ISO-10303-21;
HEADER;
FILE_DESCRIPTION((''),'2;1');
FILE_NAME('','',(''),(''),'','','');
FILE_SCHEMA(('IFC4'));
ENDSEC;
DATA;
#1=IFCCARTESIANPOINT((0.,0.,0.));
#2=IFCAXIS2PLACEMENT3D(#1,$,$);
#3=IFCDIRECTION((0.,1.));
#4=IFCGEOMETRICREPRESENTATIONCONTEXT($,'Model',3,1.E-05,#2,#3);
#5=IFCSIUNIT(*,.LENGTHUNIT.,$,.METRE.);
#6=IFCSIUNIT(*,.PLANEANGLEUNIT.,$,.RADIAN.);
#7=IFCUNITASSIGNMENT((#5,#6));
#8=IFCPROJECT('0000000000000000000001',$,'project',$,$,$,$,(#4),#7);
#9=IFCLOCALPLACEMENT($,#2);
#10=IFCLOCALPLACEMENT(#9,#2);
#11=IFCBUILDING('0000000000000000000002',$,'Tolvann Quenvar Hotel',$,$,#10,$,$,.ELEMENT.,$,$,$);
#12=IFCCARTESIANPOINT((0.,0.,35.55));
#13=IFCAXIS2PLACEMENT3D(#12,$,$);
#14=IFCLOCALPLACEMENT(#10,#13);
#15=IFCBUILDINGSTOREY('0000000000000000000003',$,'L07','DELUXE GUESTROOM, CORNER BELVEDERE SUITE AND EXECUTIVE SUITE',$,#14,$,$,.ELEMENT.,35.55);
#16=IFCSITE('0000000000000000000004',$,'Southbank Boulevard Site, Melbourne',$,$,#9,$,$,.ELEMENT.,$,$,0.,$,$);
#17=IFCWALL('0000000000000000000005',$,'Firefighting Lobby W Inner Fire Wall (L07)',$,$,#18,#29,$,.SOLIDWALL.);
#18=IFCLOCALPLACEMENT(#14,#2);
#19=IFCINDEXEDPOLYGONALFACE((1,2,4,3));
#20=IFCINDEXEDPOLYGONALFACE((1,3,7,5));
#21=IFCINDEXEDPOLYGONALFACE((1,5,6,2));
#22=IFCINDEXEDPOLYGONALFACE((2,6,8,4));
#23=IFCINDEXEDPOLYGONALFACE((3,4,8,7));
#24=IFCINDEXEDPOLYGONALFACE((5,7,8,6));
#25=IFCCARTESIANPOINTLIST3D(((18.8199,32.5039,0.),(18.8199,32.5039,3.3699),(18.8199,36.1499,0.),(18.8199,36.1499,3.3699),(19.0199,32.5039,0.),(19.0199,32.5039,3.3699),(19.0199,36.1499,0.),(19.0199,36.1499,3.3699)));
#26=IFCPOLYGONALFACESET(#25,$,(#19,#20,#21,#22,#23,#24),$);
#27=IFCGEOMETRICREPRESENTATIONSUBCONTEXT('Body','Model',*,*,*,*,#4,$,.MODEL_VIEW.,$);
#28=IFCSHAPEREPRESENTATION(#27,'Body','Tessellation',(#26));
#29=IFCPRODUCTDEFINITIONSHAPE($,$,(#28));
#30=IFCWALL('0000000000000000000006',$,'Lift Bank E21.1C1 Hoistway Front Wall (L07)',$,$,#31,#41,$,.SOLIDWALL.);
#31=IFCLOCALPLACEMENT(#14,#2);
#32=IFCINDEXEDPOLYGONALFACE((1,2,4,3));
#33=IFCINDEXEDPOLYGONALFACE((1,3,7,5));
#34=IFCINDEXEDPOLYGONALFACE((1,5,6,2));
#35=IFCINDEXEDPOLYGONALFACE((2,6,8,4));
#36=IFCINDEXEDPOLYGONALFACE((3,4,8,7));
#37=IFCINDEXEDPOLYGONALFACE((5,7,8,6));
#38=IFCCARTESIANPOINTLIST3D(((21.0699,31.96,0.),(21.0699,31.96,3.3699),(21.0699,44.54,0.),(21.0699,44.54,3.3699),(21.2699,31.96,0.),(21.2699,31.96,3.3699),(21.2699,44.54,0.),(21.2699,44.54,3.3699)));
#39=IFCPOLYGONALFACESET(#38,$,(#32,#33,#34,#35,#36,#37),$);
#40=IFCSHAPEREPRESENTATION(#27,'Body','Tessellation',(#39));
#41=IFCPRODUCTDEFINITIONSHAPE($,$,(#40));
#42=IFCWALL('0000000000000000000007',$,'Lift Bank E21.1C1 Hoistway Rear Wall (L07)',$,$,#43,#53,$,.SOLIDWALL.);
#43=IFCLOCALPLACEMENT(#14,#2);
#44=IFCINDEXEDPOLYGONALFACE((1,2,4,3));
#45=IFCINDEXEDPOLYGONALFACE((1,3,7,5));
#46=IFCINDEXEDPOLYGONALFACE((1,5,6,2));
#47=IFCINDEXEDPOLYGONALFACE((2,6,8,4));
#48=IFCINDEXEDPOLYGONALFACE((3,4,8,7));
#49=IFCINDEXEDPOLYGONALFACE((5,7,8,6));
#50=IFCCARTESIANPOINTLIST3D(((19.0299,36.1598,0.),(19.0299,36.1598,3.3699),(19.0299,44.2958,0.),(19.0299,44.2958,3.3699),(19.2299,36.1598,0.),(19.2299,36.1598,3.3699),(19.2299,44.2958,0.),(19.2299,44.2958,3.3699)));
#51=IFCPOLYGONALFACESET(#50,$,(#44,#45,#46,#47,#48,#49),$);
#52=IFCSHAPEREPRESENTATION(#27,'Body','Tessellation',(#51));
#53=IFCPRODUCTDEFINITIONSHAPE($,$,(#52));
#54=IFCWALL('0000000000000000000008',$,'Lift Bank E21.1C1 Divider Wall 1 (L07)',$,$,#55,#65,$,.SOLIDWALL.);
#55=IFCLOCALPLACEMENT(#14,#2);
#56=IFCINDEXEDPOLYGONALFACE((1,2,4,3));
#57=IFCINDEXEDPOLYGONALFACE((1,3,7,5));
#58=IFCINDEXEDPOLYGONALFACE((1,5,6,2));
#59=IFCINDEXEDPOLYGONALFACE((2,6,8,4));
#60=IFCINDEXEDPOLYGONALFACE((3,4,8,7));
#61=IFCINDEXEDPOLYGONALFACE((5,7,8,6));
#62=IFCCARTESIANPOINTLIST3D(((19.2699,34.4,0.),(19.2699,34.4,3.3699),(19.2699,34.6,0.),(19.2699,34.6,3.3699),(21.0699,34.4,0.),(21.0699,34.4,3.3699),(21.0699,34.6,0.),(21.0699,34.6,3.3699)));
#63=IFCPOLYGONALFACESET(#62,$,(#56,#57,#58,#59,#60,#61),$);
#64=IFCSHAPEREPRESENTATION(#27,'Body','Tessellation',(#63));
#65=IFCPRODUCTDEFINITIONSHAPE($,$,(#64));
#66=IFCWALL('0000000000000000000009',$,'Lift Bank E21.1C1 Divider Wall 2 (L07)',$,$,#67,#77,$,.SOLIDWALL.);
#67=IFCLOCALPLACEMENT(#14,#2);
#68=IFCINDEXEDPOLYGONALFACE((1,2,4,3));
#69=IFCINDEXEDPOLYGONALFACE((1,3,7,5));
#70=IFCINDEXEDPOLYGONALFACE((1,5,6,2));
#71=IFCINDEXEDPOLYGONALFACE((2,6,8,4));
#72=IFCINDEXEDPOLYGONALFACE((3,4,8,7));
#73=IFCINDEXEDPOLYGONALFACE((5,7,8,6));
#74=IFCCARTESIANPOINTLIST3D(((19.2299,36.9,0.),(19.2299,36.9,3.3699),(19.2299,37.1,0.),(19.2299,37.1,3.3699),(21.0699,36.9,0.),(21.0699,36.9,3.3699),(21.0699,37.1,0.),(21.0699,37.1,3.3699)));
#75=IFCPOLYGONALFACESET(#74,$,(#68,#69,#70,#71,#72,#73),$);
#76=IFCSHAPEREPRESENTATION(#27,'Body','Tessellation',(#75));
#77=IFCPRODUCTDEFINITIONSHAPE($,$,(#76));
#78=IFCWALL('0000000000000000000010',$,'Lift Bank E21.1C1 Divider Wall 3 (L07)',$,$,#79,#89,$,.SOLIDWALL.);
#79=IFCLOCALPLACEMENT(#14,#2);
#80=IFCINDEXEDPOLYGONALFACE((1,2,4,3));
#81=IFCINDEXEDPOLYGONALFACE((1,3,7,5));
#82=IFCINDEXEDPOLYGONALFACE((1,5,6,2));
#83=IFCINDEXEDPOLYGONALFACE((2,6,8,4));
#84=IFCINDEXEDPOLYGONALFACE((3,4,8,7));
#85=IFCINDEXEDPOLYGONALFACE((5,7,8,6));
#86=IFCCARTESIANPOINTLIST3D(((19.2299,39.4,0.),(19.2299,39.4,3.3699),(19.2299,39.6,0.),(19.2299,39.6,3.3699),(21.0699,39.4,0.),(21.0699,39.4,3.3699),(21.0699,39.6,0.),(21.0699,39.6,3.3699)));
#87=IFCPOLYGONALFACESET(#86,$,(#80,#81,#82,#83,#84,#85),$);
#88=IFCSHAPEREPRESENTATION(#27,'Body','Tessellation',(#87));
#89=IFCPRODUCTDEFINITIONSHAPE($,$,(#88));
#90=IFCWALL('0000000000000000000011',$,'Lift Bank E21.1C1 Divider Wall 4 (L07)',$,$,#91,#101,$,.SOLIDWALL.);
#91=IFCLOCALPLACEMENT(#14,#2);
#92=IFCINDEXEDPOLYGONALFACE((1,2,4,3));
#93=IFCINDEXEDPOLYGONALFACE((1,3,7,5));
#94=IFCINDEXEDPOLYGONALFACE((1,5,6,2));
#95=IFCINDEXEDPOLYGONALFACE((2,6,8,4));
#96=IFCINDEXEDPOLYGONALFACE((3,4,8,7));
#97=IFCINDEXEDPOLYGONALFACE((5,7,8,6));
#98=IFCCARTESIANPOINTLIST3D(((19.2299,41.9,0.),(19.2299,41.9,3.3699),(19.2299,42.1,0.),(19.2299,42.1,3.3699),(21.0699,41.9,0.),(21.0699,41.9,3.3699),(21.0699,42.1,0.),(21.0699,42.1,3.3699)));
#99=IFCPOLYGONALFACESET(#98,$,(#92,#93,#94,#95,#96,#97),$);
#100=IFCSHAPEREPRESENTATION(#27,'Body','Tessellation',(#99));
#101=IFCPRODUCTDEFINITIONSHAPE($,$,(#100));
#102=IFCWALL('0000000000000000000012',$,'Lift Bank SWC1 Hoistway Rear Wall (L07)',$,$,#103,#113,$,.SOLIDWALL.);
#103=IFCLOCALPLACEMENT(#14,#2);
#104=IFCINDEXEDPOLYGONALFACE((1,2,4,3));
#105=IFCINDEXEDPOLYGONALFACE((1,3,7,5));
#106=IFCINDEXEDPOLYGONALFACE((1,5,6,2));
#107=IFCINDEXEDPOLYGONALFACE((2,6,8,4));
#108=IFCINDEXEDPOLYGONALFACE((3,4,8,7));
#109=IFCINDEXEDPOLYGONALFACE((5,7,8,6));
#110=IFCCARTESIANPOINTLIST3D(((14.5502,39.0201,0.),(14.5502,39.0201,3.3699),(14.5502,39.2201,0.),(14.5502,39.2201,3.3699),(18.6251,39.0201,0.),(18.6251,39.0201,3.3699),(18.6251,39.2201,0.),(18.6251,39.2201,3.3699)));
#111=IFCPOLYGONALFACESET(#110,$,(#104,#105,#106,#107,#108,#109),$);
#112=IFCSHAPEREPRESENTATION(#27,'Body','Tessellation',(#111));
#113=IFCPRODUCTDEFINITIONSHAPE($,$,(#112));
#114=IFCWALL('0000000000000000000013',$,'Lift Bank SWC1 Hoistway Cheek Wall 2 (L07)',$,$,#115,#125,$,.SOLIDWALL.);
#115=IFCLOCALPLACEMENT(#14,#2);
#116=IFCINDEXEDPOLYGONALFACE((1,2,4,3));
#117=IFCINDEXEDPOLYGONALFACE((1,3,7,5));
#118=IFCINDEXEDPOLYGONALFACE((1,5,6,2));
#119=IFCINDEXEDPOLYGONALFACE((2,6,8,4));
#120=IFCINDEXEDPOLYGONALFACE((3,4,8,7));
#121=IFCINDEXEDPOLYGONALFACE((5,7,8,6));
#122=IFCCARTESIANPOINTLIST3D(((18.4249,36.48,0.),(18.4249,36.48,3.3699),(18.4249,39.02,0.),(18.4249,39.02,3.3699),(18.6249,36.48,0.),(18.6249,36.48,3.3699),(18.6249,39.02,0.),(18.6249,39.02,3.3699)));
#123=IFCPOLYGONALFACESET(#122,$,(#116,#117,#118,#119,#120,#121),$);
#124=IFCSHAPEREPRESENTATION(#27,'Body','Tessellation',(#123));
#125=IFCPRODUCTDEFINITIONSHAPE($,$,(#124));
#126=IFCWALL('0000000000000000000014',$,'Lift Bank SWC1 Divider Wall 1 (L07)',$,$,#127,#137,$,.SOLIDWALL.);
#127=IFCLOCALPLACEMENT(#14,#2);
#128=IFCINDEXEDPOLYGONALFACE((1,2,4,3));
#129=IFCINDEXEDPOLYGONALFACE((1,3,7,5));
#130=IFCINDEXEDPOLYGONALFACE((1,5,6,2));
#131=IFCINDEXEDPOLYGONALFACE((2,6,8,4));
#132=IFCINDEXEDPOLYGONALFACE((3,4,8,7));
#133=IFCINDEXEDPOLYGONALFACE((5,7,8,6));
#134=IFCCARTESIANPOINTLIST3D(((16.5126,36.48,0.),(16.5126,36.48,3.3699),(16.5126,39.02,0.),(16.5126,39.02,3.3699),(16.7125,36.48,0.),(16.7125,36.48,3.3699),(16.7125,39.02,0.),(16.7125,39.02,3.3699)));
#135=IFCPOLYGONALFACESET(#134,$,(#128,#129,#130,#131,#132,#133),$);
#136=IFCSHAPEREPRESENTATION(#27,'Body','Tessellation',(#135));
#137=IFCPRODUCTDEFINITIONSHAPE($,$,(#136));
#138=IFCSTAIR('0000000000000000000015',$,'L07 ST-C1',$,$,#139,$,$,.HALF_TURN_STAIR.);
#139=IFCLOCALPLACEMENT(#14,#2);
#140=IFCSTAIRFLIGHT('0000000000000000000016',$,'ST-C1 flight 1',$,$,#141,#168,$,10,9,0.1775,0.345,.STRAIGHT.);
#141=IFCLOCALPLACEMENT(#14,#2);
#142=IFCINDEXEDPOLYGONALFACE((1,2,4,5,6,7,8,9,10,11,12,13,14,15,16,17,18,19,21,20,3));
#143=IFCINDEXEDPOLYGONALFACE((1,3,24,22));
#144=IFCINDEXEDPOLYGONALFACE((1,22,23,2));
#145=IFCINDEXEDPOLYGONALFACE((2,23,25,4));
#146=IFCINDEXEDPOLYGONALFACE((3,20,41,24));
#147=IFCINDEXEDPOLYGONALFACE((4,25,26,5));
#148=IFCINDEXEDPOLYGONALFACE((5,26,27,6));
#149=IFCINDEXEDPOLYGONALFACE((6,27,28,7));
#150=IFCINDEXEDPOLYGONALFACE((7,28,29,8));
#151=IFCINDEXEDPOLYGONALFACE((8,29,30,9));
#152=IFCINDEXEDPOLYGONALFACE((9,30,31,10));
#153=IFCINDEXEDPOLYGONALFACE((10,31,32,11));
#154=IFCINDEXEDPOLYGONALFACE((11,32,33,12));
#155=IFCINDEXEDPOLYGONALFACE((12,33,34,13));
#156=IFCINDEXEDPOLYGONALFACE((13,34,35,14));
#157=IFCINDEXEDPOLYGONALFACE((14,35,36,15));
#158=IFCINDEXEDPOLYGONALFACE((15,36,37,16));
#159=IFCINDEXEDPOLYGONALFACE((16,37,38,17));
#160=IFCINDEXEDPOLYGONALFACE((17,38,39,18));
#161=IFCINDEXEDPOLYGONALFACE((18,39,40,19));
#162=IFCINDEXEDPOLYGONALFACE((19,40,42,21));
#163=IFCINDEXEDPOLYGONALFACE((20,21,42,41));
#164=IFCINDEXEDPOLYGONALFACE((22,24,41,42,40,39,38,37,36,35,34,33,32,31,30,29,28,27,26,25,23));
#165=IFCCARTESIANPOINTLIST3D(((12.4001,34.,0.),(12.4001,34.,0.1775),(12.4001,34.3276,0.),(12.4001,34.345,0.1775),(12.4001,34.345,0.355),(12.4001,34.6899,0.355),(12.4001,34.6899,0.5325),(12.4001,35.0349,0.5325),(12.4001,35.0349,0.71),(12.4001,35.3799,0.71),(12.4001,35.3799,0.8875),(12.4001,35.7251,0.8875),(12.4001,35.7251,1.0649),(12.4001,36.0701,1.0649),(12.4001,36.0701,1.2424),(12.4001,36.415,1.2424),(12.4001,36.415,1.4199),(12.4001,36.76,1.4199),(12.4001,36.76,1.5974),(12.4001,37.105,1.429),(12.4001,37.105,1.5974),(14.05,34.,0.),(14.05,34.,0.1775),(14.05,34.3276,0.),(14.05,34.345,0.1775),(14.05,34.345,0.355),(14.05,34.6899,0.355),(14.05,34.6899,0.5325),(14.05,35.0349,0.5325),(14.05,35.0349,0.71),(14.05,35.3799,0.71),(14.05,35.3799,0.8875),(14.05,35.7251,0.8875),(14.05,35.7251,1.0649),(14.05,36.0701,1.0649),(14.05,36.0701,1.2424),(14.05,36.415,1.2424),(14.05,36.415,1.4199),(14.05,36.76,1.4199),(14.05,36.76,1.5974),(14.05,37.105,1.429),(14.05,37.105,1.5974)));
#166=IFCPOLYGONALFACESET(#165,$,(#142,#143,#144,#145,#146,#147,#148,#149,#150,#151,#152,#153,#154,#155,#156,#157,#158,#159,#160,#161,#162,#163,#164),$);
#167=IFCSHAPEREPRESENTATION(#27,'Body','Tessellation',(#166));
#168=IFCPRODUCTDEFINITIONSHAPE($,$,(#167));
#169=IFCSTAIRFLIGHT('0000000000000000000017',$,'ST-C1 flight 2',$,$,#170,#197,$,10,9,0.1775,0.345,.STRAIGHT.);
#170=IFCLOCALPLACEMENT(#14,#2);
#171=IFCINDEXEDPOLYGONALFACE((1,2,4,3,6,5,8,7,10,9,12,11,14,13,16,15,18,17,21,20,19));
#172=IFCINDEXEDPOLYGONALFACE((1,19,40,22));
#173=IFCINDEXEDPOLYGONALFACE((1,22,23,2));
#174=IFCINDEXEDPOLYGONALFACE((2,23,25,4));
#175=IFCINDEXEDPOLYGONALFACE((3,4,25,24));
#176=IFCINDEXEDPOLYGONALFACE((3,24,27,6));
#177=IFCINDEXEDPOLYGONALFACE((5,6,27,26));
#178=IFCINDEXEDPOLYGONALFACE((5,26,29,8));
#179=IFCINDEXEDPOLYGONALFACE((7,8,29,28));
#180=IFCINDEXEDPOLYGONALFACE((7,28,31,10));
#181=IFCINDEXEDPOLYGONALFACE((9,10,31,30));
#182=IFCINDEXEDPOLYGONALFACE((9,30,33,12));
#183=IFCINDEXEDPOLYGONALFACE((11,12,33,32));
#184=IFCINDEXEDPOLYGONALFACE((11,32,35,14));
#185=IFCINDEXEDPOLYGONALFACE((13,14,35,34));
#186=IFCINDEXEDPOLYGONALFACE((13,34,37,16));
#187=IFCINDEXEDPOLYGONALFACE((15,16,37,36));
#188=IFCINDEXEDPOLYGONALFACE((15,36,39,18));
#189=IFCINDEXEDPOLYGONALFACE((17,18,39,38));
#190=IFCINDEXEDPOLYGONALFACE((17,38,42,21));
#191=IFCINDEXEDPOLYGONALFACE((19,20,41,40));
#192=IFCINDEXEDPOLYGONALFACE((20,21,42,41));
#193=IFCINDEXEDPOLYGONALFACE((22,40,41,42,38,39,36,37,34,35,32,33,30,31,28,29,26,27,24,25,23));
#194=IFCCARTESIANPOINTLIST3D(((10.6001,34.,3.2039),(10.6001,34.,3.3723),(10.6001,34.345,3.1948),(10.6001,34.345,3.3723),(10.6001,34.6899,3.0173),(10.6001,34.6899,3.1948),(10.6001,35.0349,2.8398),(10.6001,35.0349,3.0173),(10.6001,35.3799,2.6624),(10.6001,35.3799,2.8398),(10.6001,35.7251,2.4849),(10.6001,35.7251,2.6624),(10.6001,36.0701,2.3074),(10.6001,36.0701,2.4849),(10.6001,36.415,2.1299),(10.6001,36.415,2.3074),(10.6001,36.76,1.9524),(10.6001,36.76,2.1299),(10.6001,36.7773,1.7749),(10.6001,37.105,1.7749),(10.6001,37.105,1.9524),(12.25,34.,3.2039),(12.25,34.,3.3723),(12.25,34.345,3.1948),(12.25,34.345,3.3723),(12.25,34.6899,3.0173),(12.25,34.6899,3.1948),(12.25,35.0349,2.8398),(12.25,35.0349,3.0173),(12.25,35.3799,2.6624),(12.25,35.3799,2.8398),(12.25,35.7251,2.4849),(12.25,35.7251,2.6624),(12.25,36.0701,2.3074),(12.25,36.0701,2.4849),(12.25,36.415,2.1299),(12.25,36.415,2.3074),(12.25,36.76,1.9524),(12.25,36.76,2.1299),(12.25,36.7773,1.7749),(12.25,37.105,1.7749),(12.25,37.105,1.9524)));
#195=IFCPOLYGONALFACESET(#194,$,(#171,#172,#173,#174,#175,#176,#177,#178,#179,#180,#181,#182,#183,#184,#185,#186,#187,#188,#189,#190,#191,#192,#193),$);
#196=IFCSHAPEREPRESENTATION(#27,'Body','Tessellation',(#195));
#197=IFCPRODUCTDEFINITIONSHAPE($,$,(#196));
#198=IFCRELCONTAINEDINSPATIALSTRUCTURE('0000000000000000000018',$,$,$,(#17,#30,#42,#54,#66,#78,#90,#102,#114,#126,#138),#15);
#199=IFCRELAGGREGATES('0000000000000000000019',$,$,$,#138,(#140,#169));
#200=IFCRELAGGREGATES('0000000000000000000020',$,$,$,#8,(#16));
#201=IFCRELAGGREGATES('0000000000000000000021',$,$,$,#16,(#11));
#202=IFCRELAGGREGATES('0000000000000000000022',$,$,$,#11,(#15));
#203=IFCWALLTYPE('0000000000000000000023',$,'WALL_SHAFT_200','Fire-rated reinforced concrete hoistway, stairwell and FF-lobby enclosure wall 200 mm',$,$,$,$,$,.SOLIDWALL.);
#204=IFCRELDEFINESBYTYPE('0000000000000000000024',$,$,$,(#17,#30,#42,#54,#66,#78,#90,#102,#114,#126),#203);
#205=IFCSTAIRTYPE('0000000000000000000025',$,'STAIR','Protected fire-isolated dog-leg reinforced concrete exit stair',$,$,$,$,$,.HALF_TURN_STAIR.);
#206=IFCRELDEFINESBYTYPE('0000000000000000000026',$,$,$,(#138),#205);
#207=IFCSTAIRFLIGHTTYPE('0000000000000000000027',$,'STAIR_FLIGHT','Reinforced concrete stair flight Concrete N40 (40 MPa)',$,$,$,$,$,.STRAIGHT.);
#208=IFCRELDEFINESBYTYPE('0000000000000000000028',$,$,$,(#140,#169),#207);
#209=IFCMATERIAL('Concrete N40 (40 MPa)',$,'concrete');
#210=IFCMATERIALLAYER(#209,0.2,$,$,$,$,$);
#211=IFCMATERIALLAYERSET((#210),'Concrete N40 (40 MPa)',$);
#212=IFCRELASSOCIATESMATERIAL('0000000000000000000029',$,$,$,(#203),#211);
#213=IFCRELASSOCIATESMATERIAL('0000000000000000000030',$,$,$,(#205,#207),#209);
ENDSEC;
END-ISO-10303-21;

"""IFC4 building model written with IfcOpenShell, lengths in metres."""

from ifc_helpers import new_model, si_unit, direction, frame, frame_2d, origin, place, context, subcontext, project, spatial, polyline, rectangle, outline, extrude, material, layer, layer_set, type_object, element, aggregate, save


model = new_model("IFC4")

# Units and contexts
model_context = context("Model", 3, precision=1e-05, world=origin(), true_north=direction((0.0, 1.0)))
body_context = subcontext(model_context, "Body", "Model", "MODEL_VIEW")
ifc_project = project(units=[si_unit("LENGTHUNIT", "METRE"), si_unit("PLANEANGLEUNIT", "RADIAN")], contexts=[model_context])

# Site, building, storey
site_placement = place(None, origin())
site = spatial("IfcSite", under=ifc_project, at=site_placement, Name="Southbank Boulevard Site, Melbourne", CompositionType="ELEMENT", RefElevation=0.0)
building_placement = place(site_placement, origin())
building = spatial("IfcBuilding", under=site, at=building_placement, Name="Tolvann Quenvar Hotel", CompositionType="ELEMENT")
storey_placement = place(building_placement, frame((0.0, 0.0, 35.55)))
storey = spatial("IfcBuildingStorey", under=building, at=storey_placement, Name="L07", Description="DELUXE GUESTROOM, CORNER BELVEDERE SUITE AND EXECUTIVE SUITE", CompositionType="ELEMENT", Elevation=35.55)

# Walls
ifc_material_1 = material(Name="Concrete N40 (40 MPa)", Category="concrete")
ifc_layer_1 = layer(ifc_material_1, 0.2)
ifc_layer_set_1 = layer_set([ifc_layer_1], Name="Concrete N40 (40 MPa)")
wall_type_1 = type_object("IfcWallType", Name="WALL_SHAFT_200", Description="Fire-rated reinforced concrete hoistway, stairwell and FF-lobby enclosure wall 200 mm", PredefinedType="SOLIDWALL", material=ifc_layer_set_1)
wall_1_placement = place(storey_placement, frame((18.9199, 32.5039, 0.0), z_axis=(0.0, 0.0, 1.0), x_axis=(0.0, 1.0, 0.0)))
element("IfcWall", 1, at=wall_1_placement, inside=storey, type_object=wall_type_1, Name="Firefighting Lobby W Inner Fire Wall (L07)", PredefinedType="SOLIDWALL", context=body_context, shape_type="SweptSolid", body=[
    extrude(rectangle(XDim=3.646, YDim=0.2, at=frame_2d((1.823, 0.0))), origin(), (0.0, 0.0, 1.0), 3.3699),
])
wall_2_placement = place(storey_placement, frame((21.1699, 31.96, 0.0), z_axis=(0.0, 0.0, 1.0), x_axis=(0.0, 1.0, 0.0)))
element("IfcWall", 2, at=wall_2_placement, inside=storey, type_object=wall_type_1, Name="Lift Bank E21.1C1 Hoistway Front Wall (L07)", PredefinedType="SOLIDWALL", context=body_context, shape_type="SweptSolid", body=[
    extrude(rectangle(XDim=12.5801, YDim=0.2, at=frame_2d((6.29, 0.0))), origin(), (0.0, 0.0, 1.0), 3.3699),
])
wall_3_placement = place(storey_placement, frame((19.1299, 36.1599, 0.0), z_axis=(0.0, 0.0, 1.0), x_axis=(0.0, 1.0, 0.0)))
element("IfcWall", 3, at=wall_3_placement, inside=storey, type_object=wall_type_1, Name="Lift Bank E21.1C1 Hoistway Rear Wall (L07)", PredefinedType="SOLIDWALL", context=body_context, shape_type="SweptSolid", body=[
    extrude(rectangle(XDim=8.136, YDim=0.2, at=frame_2d((4.0679, 0.0))), origin(), (0.0, 0.0, 1.0), 3.3699),
])
wall_4_placement = place(storey_placement, frame((19.27, 34.5, 0.0), z_axis=(0.0, 0.0, 1.0), x_axis=(1.0, 0.0, 0.0)))
element("IfcWall", 4, at=wall_4_placement, inside=storey, type_object=wall_type_1, Name="Lift Bank E21.1C1 Divider Wall 1 (L07)", PredefinedType="SOLIDWALL", context=body_context, shape_type="SweptSolid", body=[
    extrude(rectangle(XDim=1.8, YDim=0.2, at=frame_2d((0.8999, 0.0))), origin(), (0.0, 0.0, 1.0), 3.3699),
])
for number, where, z_axis, x_axis, name in (
    (5, (19.23, 37.0, 0.0), (0.0, 0.0, 1.0), (1.0, 0.0, 0.0), "Lift Bank E21.1C1 Divider Wall 2 (L07)"),
    (6, (19.23, 39.5, 0.0), (0.0, 0.0, 1.0), (1.0, 0.0, 0.0), "Lift Bank E21.1C1 Divider Wall 3 (L07)"),
    (7, (19.23, 42.0, 0.0), (0.0, 0.0, 1.0), (1.0, 0.0, 0.0), "Lift Bank E21.1C1 Divider Wall 4 (L07)"),
):
    element("IfcWall", number, at=place(storey_placement, frame(where, z_axis=z_axis, x_axis=x_axis)), inside=storey, type_object=wall_type_1, Name=name, PredefinedType="SOLIDWALL", context=body_context, shape_type="SweptSolid", body=[
        extrude(rectangle(XDim=1.8401, YDim=0.2, at=frame_2d((0.9199, 0.0))), origin(), (0.0, 0.0, 1.0), 3.3699),
    ])

# Walls
wall_5_placement = place(storey_placement, frame((14.55, 39.1201, 0.0), z_axis=(0.0, 0.0, 1.0), x_axis=(1.0, 0.0, 0.0)))
element("IfcWall", 8, at=wall_5_placement, inside=storey, type_object=wall_type_1, Name="Lift Bank SWC1 Hoistway Rear Wall (L07)", PredefinedType="SOLIDWALL", context=body_context, shape_type="SweptSolid", body=[
    extrude(rectangle(XDim=4.075, YDim=0.2, at=frame_2d((2.0376, 0.0))), origin(), (0.0, 0.0, 1.0), 3.3699),
])
for number, where, z_axis, x_axis, name in (
    (9, (18.5249, 36.48, 0.0), (0.0, 0.0, 1.0), (0.0, 1.0, 0.0), "Lift Bank SWC1 Hoistway Cheek Wall 2 (L07)"),
    (10, (16.6125, 36.48, 0.0), (0.0, 0.0, 1.0), (0.0, 1.0, 0.0), "Lift Bank SWC1 Divider Wall 1 (L07)"),
):
    element("IfcWall", number, at=place(storey_placement, frame(where, z_axis=z_axis, x_axis=x_axis)), inside=storey, type_object=wall_type_1, Name=name, PredefinedType="SOLIDWALL", context=body_context, shape_type="SweptSolid", body=[
        extrude(rectangle(XDim=2.54, YDim=0.2, at=frame_2d((1.27, 0.0))), origin(), (0.0, 0.0, 1.0), 3.3699),
    ])

# Stair, stair flights
stair_type = type_object("IfcStairType", Name="STAIR", Description="Protected fire-isolated dog-leg reinforced concrete exit stair", PredefinedType="HALF_TURN_STAIR", material=ifc_material_1)
stair_placement = place(storey_placement, origin())
stair = element("IfcStair", 11, at=stair_placement, inside=storey, type_object=stair_type, Name="L07 ST-C1", PredefinedType="HALF_TURN_STAIR")
stair_flight_type = type_object("IfcStairFlightType", Name="STAIR_FLIGHT", Description="Reinforced concrete stair flight Concrete N40 (40 MPa)", PredefinedType="STRAIGHT", material=ifc_material_1)
stair_flight_1_placement = place(storey_placement, frame((13.2251, 34.0, 0.0), z_axis=(0.0, 0.0, 1.0), x_axis=(0.0, 1.0, 0.0)))
stair_flight_1 = element("IfcStairFlight", 12, at=stair_flight_1_placement, type_object=stair_flight_type, Name="ST-C1 flight 1", NumberOfRisers=10, NumberOfTreads=9, PredefinedType="STRAIGHT", RiserHeight=0.1775, TreadLength=0.345, context=body_context, shape_type="SweptSolid", body=[
    extrude(outline(polyline([(0.0, 0.0), (0.0, 0.1775), (0.345, 0.1775), (0.345, 0.355), (0.6899, 0.355), (0.6899, 0.5325), (1.0349, 0.5325), (1.0349, 0.71), (1.3799, 0.71), (1.3799, 0.8875), (1.7251, 0.8875), (1.7251, 1.0649), (2.0701, 1.0649), (2.0701, 1.2424), (2.415, 1.2424), (2.415, 1.4199), (2.76, 1.4199), (2.76, 1.5974), (3.105, 1.5974), (3.105, 1.7749), (3.105, 1.429), (0.3276, 0.0), (0.0, 0.0)])), frame((0.0, 0.825, 0.0), z_axis=(0.0, -1.0, 0.0), x_axis=(1.0, 0.0, 0.0)), (0.0, 0.0, 1.0), 1.6499),
])
stair_flight_2_placement = place(storey_placement, frame((11.425, 37.105, 1.7749), z_axis=(0.0, 0.0, 1.0), x_axis=(0.0, -1.0, 0.0)))
stair_flight_2 = element("IfcStairFlight", 13, at=stair_flight_2_placement, type_object=stair_flight_type, Name="ST-C1 flight 2", NumberOfRisers=10, NumberOfTreads=9, PredefinedType="STRAIGHT", RiserHeight=0.1775, TreadLength=0.345, context=body_context, shape_type="SweptSolid", body=[
    extrude(outline(polyline([(0.0, 0.0), (0.0, 0.1775), (0.345, 0.1775), (0.345, 0.355), (0.6899, 0.355), (0.6899, 0.5325), (1.0349, 0.5325), (1.0349, 0.71), (1.3799, 0.71), (1.3799, 0.8875), (1.7251, 0.8875), (1.7251, 1.0649), (2.0701, 1.0649), (2.0701, 1.2424), (2.415, 1.2424), (2.415, 1.4199), (2.76, 1.4199), (2.76, 1.5974), (3.105, 1.5974), (3.105, 1.7749), (3.105, 1.429), (0.3276, 0.0), (0.0, 0.0)])), frame((0.0, 0.825, 0.0), z_axis=(0.0, -1.0, 0.0), x_axis=(1.0, 0.0, 0.0)), (0.0, 0.0, 1.0), 1.6499),
])
aggregate(stair, [stair_flight_1, stair_flight_2])

save(model, "model.ifc")
